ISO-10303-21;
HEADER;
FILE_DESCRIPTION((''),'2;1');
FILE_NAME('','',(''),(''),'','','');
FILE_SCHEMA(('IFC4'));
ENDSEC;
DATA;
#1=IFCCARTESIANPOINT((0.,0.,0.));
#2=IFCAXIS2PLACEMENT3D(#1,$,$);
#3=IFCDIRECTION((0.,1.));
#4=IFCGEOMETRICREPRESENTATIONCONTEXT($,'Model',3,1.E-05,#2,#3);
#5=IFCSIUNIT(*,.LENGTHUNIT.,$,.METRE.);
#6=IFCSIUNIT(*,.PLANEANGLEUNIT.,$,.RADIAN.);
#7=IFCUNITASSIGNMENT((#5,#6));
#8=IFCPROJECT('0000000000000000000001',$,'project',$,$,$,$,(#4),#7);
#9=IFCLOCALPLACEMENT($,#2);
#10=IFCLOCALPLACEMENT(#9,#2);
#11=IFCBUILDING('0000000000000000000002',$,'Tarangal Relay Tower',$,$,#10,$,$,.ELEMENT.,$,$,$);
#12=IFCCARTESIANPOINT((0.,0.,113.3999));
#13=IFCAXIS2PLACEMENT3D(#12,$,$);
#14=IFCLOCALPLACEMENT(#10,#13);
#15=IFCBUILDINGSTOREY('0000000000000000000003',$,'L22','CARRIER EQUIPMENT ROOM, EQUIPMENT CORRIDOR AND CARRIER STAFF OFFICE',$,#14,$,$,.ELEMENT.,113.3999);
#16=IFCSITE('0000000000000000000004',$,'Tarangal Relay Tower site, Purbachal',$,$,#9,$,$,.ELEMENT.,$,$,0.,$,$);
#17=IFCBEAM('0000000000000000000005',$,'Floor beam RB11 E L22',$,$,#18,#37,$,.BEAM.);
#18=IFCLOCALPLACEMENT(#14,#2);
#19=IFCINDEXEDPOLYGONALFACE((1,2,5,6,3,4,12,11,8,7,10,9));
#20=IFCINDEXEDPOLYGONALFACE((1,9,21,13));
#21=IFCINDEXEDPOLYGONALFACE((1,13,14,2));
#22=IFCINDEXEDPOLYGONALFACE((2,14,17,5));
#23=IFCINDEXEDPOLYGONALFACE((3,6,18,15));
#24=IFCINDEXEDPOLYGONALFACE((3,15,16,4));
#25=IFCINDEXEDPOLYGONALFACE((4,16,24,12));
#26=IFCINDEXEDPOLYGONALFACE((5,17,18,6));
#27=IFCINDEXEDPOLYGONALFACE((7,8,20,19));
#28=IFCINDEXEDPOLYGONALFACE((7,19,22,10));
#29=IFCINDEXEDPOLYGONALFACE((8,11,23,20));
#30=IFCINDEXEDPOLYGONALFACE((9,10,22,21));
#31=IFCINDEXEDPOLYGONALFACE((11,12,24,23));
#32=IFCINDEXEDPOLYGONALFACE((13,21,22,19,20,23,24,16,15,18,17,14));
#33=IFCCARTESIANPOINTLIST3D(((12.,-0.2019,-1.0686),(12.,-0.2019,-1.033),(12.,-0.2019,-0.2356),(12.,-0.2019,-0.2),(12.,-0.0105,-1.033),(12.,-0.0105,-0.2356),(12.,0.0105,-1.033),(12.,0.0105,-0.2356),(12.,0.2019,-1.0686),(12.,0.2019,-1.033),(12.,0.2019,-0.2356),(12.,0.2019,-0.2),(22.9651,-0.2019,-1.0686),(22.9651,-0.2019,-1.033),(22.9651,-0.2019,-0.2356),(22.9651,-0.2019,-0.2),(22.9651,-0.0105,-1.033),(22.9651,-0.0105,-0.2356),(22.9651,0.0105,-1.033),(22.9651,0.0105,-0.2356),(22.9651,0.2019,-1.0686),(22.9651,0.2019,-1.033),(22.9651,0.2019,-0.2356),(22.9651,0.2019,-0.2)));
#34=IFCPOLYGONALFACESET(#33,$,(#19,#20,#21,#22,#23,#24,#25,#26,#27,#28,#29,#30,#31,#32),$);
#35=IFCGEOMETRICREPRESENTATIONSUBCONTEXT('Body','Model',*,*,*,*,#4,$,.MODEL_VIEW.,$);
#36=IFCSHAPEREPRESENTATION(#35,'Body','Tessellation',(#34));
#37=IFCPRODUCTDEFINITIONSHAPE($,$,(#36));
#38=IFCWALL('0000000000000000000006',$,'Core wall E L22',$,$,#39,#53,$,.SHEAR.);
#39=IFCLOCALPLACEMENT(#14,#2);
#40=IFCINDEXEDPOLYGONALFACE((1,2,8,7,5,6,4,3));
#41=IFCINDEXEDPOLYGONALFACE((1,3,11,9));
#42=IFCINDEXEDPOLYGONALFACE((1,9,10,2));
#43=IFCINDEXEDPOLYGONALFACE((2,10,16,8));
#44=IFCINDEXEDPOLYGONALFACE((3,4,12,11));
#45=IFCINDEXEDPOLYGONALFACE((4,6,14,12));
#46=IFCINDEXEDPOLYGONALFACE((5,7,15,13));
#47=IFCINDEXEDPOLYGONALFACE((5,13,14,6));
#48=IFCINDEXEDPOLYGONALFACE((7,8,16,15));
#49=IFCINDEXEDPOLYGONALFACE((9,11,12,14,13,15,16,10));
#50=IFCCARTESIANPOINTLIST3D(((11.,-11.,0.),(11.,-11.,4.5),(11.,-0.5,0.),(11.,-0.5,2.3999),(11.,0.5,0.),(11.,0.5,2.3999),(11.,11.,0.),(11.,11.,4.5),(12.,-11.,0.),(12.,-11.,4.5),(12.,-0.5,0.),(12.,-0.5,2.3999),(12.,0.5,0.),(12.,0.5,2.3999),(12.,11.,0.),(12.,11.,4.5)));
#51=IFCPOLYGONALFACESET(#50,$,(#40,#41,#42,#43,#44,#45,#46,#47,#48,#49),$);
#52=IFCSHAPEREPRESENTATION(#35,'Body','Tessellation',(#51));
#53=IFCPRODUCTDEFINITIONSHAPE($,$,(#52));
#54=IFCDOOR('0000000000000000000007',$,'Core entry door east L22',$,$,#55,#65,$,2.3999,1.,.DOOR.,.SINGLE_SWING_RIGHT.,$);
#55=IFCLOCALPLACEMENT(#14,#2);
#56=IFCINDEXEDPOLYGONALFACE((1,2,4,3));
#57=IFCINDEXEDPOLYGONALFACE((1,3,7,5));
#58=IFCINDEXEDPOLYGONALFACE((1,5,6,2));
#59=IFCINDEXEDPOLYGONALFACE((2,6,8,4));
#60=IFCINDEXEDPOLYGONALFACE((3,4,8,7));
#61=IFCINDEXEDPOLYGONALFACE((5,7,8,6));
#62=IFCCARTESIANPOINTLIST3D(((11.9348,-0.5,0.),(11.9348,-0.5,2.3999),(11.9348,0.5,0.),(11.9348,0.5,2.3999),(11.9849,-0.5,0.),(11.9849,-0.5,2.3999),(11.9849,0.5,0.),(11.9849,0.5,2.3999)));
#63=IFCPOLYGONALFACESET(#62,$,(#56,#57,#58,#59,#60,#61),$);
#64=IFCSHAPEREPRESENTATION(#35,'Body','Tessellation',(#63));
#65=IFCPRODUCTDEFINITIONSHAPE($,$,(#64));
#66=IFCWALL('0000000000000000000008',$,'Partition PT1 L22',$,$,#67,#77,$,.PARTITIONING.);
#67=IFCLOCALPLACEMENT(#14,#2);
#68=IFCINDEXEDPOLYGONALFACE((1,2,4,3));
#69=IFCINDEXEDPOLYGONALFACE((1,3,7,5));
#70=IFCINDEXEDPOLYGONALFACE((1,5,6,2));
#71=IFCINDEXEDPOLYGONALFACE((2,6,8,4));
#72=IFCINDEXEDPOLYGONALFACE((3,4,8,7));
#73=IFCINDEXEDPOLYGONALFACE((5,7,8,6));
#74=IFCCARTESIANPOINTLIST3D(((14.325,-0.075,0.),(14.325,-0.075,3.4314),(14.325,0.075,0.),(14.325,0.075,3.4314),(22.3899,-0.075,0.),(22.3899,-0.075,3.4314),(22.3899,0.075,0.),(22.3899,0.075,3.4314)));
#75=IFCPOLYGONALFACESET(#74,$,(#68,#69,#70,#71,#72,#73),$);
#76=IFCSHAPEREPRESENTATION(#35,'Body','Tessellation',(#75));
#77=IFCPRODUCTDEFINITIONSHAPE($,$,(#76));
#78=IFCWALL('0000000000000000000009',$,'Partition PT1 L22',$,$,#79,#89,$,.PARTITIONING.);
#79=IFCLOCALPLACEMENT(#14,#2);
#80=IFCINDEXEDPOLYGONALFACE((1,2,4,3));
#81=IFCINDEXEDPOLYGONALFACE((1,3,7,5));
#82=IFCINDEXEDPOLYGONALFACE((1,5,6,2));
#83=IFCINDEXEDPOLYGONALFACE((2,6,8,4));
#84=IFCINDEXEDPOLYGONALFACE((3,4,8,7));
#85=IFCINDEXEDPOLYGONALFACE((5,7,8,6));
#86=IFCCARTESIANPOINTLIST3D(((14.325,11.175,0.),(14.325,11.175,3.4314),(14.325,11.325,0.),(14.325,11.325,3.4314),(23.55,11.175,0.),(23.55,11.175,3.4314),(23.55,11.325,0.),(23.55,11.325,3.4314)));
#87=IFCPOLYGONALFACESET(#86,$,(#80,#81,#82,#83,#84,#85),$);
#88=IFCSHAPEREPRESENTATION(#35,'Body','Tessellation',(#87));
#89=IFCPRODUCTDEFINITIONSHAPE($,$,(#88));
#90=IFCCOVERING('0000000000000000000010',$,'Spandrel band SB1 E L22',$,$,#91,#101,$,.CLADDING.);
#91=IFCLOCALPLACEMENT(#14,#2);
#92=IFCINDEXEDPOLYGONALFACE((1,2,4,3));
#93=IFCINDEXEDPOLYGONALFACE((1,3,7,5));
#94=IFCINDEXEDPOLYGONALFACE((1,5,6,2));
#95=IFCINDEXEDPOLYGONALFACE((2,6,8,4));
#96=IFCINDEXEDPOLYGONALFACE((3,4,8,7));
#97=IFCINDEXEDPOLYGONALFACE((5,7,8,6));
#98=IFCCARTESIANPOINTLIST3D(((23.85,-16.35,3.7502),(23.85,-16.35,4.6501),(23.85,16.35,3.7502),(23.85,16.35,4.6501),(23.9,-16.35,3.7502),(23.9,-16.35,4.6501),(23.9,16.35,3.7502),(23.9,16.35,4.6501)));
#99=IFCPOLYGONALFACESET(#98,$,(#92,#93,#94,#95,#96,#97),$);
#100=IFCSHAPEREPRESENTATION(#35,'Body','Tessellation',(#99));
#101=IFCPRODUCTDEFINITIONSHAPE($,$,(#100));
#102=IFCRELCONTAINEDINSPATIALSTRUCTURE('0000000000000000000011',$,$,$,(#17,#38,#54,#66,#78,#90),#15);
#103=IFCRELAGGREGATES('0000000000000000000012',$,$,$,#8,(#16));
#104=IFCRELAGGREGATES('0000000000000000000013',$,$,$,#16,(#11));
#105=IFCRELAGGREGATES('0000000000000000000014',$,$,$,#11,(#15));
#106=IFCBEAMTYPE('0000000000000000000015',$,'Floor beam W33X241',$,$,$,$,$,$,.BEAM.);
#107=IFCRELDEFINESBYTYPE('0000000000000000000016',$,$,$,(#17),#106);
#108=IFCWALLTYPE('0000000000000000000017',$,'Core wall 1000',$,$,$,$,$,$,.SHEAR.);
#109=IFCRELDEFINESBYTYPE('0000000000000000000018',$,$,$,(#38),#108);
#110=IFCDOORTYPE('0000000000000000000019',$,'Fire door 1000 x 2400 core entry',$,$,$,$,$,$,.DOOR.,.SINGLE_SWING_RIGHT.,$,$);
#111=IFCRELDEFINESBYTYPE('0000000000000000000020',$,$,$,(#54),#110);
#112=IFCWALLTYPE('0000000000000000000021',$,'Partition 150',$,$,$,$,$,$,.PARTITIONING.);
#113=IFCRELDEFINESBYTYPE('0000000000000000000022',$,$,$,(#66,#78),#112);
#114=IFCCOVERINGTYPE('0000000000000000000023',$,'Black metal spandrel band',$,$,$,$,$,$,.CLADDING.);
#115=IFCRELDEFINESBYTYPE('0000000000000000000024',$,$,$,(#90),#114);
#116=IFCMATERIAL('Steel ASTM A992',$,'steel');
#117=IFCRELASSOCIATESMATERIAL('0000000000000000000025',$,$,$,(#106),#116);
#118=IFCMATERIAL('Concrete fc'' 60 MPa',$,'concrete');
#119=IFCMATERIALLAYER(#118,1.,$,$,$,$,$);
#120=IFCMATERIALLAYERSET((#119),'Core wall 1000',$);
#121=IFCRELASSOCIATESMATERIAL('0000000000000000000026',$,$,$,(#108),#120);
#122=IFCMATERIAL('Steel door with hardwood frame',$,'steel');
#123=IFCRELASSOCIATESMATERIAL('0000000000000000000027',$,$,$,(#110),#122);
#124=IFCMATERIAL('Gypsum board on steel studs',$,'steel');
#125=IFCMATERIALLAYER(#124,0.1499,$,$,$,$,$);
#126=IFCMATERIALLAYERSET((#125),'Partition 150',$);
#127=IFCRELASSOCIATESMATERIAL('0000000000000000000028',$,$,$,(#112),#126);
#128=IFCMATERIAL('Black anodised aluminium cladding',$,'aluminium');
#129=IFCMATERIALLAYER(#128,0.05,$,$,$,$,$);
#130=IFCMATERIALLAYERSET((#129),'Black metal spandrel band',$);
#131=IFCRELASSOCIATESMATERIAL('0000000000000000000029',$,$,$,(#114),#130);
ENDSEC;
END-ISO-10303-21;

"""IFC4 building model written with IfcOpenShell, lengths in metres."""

from ifc_helpers import new_model, si_unit, direction, frame, frame_2d, origin, origin_2d, place, context, subcontext, project, spatial, rectangle, i_section, extrude, material, layer, layer_set, material_profile, profile_set, type_object, element, fill, save


model = new_model("IFC4")

# Units and contexts
model_context = context("Model", 3, precision=1e-05, world=origin(), true_north=direction((0.0, 1.0)))
body_context = subcontext(model_context, "Body", "Model", "MODEL_VIEW")
ifc_project = project(units=[si_unit("LENGTHUNIT", "METRE"), si_unit("PLANEANGLEUNIT", "RADIAN")], contexts=[model_context])

# Site, building, storey
site_placement = place(None, origin())
site = spatial("IfcSite", under=ifc_project, at=site_placement, Name="Tarangal Relay Tower site, Purbachal", CompositionType="ELEMENT", RefElevation=0.0)
building_placement = place(site_placement, origin())
building = spatial("IfcBuilding", under=site, at=building_placement, Name="Tarangal Relay Tower", CompositionType="ELEMENT")
storey_placement = place(building_placement, frame((0.0, 0.0, 113.3999)))
storey = spatial("IfcBuildingStorey", under=building, at=storey_placement, Name="L22", Description="CARRIER EQUIPMENT ROOM, EQUIPMENT CORRIDOR AND CARRIER STAFF OFFICE", CompositionType="ELEMENT", Elevation=113.3999)

# Beam
ifc_material_1 = material(Name="Steel ASTM A992", Category="steel")
ifc_material_profile_1 = material_profile(ifc_material_1, i_section(OverallWidth=0.4038, OverallDepth=0.8687, WebThickness=0.021, FlangeThickness=0.0356, at=origin_2d()), Name="W33X241")
ifc_profile_set_1 = profile_set([ifc_material_profile_1], Name="Steel ASTM A992")
beam_type_1 = type_object("IfcBeamType", Name="Floor beam W33X241", PredefinedType="BEAM", material=ifc_profile_set_1)
for number, where, z_axis, x_axis, name in (
    (1, (12.0, 0.0, -0.6343), (1.0, 0.0, 0.0), (0.0, 1.0, 0.0), "Floor beam RB11 E L22"),
):
    element("IfcBeam", number, at=place(storey_placement, frame(where, z_axis=z_axis, x_axis=x_axis)), inside=storey, type_object=beam_type_1, Name=name, PredefinedType="BEAM", context=body_context, shape_type="SweptSolid", body=[
        extrude(i_section(OverallWidth=0.4038, OverallDepth=0.8687, WebThickness=0.021, FlangeThickness=0.0356, at=origin_2d()), origin(), (0.0, 0.0, 1.0), 10.9651),
    ])

# Wall, opening, door
ifc_material_2 = material(Name="Concrete fc' 60 MPa", Category="concrete")
ifc_layer_1 = layer(ifc_material_2, 1.0)
ifc_layer_set_1 = layer_set([ifc_layer_1], Name="Core wall 1000")
wall_type_1 = type_object("IfcWallType", Name="Core wall 1000", PredefinedType="SHEAR", material=ifc_layer_set_1)
wall_1_placement = place(storey_placement, frame((11.5, 11.0, 0.0), z_axis=(0.0, 0.0, 1.0), x_axis=(0.0, -1.0, 0.0)))
wall_1 = element("IfcWall", 2, at=wall_1_placement, inside=storey, type_object=wall_type_1, Name="Core wall E L22", PredefinedType="SHEAR", context=body_context, shape_type="SweptSolid", body=[
    extrude(rectangle(XDim=22.0, YDim=1.0, at=frame_2d((11.0, 0.0))), origin(), (0.0, 0.0, 1.0), 4.5),
])
opening_placement = place(wall_1_placement, frame((10.5, 0.0, 0.0)))
opening = element("IfcOpeningElement", 3, at=opening_placement, cuts=wall_1, PredefinedType="OPENING", context=body_context, shape_type="SweptSolid", body=[
    extrude(rectangle(XDim=1.0, YDim=2.3999, at=frame_2d((0.5, 1.2))), frame((0.0, 0.51, 0.0), z_axis=(0.0, -1.0, 0.0), x_axis=(1.0, 0.0, 0.0)), (0.0, 0.0, 1.0), 1.02),
])
ifc_material_3 = material(Name="Steel door with hardwood frame", Category="steel")
door_type = type_object("IfcDoorType", Name="Fire door 1000 x 2400 core entry", OperationType="SINGLE_SWING_RIGHT", PredefinedType="DOOR", material=ifc_material_3)
door_placement = place(opening_placement, origin())
door = element("IfcDoor", 4, at=door_placement, inside=storey, type_object=door_type, Name="Core entry door east L22", OperationType="SINGLE_SWING_RIGHT", OverallHeight=2.3999, OverallWidth=1.0, PredefinedType="DOOR", context=body_context, shape_type="SweptSolid", body=[
    extrude(rectangle(XDim=1.0, YDim=2.3999, at=frame_2d((0.5, 1.2))), frame((0.0, 0.4849, 0.0), z_axis=(0.0, -1.0, 0.0), x_axis=(1.0, 0.0, 0.0)), (0.0, 0.0, 1.0), 0.05),
])
fill(opening, door)

# Walls
ifc_material_4 = material(Name="Gypsum board on steel studs", Category="steel")
ifc_layer_2 = layer(ifc_material_4, 0.1499)
ifc_layer_set_2 = layer_set([ifc_layer_2], Name="Partition 150")
wall_type_2 = type_object("IfcWallType", Name="Partition 150", PredefinedType="PARTITIONING", material=ifc_layer_set_2)
wall_2_placement = place(storey_placement, frame((14.325, 0.0, 0.0), z_axis=(0.0, 0.0, 1.0), x_axis=(1.0, 0.0, 0.0)))
element("IfcWall", 5, at=wall_2_placement, inside=storey, type_object=wall_type_2, Name="Partition PT1 L22", PredefinedType="PARTITIONING", context=body_context, shape_type="SweptSolid", body=[
    extrude(rectangle(XDim=8.0649, YDim=0.1499, at=frame_2d((4.0325, 0.0))), origin(), (0.0, 0.0, 1.0), 3.4314),
])
wall_3_placement = place(storey_placement, frame((14.325, 11.25, 0.0), z_axis=(0.0, 0.0, 1.0), x_axis=(1.0, 0.0, 0.0)))
element("IfcWall", 6, at=wall_3_placement, inside=storey, type_object=wall_type_2, Name="Partition PT1 L22", PredefinedType="PARTITIONING", context=body_context, shape_type="SweptSolid", body=[
    extrude(rectangle(XDim=9.2251, YDim=0.1499, at=frame_2d((4.6125, 0.0))), origin(), (0.0, 0.0, 1.0), 3.4314),
])

# Covering
ifc_material_5 = material(Name="Black anodised aluminium cladding", Category="aluminium")
ifc_layer_3 = layer(ifc_material_5, 0.05)
ifc_layer_set_3 = layer_set([ifc_layer_3], Name="Black metal spandrel band")
covering_type = type_object("IfcCoveringType", Name="Black metal spandrel band", PredefinedType="CLADDING", material=ifc_layer_set_3)
covering_placement = place(storey_placement, frame((23.875, 0.0, 3.7502), z_axis=(0.0, 0.0, 1.0), x_axis=(0.0, -1.0, 0.0)))
element("IfcCovering", 7, at=covering_placement, inside=storey, type_object=covering_type, Name="Spandrel band SB1 E L22", PredefinedType="CLADDING", context=body_context, shape_type="SweptSolid", body=[
    extrude(rectangle(XDim=32.7, YDim=0.05, at=origin_2d()), origin(), (0.0, 0.0, 1.0), 0.8999),
])

save(model, "model.ifc")
